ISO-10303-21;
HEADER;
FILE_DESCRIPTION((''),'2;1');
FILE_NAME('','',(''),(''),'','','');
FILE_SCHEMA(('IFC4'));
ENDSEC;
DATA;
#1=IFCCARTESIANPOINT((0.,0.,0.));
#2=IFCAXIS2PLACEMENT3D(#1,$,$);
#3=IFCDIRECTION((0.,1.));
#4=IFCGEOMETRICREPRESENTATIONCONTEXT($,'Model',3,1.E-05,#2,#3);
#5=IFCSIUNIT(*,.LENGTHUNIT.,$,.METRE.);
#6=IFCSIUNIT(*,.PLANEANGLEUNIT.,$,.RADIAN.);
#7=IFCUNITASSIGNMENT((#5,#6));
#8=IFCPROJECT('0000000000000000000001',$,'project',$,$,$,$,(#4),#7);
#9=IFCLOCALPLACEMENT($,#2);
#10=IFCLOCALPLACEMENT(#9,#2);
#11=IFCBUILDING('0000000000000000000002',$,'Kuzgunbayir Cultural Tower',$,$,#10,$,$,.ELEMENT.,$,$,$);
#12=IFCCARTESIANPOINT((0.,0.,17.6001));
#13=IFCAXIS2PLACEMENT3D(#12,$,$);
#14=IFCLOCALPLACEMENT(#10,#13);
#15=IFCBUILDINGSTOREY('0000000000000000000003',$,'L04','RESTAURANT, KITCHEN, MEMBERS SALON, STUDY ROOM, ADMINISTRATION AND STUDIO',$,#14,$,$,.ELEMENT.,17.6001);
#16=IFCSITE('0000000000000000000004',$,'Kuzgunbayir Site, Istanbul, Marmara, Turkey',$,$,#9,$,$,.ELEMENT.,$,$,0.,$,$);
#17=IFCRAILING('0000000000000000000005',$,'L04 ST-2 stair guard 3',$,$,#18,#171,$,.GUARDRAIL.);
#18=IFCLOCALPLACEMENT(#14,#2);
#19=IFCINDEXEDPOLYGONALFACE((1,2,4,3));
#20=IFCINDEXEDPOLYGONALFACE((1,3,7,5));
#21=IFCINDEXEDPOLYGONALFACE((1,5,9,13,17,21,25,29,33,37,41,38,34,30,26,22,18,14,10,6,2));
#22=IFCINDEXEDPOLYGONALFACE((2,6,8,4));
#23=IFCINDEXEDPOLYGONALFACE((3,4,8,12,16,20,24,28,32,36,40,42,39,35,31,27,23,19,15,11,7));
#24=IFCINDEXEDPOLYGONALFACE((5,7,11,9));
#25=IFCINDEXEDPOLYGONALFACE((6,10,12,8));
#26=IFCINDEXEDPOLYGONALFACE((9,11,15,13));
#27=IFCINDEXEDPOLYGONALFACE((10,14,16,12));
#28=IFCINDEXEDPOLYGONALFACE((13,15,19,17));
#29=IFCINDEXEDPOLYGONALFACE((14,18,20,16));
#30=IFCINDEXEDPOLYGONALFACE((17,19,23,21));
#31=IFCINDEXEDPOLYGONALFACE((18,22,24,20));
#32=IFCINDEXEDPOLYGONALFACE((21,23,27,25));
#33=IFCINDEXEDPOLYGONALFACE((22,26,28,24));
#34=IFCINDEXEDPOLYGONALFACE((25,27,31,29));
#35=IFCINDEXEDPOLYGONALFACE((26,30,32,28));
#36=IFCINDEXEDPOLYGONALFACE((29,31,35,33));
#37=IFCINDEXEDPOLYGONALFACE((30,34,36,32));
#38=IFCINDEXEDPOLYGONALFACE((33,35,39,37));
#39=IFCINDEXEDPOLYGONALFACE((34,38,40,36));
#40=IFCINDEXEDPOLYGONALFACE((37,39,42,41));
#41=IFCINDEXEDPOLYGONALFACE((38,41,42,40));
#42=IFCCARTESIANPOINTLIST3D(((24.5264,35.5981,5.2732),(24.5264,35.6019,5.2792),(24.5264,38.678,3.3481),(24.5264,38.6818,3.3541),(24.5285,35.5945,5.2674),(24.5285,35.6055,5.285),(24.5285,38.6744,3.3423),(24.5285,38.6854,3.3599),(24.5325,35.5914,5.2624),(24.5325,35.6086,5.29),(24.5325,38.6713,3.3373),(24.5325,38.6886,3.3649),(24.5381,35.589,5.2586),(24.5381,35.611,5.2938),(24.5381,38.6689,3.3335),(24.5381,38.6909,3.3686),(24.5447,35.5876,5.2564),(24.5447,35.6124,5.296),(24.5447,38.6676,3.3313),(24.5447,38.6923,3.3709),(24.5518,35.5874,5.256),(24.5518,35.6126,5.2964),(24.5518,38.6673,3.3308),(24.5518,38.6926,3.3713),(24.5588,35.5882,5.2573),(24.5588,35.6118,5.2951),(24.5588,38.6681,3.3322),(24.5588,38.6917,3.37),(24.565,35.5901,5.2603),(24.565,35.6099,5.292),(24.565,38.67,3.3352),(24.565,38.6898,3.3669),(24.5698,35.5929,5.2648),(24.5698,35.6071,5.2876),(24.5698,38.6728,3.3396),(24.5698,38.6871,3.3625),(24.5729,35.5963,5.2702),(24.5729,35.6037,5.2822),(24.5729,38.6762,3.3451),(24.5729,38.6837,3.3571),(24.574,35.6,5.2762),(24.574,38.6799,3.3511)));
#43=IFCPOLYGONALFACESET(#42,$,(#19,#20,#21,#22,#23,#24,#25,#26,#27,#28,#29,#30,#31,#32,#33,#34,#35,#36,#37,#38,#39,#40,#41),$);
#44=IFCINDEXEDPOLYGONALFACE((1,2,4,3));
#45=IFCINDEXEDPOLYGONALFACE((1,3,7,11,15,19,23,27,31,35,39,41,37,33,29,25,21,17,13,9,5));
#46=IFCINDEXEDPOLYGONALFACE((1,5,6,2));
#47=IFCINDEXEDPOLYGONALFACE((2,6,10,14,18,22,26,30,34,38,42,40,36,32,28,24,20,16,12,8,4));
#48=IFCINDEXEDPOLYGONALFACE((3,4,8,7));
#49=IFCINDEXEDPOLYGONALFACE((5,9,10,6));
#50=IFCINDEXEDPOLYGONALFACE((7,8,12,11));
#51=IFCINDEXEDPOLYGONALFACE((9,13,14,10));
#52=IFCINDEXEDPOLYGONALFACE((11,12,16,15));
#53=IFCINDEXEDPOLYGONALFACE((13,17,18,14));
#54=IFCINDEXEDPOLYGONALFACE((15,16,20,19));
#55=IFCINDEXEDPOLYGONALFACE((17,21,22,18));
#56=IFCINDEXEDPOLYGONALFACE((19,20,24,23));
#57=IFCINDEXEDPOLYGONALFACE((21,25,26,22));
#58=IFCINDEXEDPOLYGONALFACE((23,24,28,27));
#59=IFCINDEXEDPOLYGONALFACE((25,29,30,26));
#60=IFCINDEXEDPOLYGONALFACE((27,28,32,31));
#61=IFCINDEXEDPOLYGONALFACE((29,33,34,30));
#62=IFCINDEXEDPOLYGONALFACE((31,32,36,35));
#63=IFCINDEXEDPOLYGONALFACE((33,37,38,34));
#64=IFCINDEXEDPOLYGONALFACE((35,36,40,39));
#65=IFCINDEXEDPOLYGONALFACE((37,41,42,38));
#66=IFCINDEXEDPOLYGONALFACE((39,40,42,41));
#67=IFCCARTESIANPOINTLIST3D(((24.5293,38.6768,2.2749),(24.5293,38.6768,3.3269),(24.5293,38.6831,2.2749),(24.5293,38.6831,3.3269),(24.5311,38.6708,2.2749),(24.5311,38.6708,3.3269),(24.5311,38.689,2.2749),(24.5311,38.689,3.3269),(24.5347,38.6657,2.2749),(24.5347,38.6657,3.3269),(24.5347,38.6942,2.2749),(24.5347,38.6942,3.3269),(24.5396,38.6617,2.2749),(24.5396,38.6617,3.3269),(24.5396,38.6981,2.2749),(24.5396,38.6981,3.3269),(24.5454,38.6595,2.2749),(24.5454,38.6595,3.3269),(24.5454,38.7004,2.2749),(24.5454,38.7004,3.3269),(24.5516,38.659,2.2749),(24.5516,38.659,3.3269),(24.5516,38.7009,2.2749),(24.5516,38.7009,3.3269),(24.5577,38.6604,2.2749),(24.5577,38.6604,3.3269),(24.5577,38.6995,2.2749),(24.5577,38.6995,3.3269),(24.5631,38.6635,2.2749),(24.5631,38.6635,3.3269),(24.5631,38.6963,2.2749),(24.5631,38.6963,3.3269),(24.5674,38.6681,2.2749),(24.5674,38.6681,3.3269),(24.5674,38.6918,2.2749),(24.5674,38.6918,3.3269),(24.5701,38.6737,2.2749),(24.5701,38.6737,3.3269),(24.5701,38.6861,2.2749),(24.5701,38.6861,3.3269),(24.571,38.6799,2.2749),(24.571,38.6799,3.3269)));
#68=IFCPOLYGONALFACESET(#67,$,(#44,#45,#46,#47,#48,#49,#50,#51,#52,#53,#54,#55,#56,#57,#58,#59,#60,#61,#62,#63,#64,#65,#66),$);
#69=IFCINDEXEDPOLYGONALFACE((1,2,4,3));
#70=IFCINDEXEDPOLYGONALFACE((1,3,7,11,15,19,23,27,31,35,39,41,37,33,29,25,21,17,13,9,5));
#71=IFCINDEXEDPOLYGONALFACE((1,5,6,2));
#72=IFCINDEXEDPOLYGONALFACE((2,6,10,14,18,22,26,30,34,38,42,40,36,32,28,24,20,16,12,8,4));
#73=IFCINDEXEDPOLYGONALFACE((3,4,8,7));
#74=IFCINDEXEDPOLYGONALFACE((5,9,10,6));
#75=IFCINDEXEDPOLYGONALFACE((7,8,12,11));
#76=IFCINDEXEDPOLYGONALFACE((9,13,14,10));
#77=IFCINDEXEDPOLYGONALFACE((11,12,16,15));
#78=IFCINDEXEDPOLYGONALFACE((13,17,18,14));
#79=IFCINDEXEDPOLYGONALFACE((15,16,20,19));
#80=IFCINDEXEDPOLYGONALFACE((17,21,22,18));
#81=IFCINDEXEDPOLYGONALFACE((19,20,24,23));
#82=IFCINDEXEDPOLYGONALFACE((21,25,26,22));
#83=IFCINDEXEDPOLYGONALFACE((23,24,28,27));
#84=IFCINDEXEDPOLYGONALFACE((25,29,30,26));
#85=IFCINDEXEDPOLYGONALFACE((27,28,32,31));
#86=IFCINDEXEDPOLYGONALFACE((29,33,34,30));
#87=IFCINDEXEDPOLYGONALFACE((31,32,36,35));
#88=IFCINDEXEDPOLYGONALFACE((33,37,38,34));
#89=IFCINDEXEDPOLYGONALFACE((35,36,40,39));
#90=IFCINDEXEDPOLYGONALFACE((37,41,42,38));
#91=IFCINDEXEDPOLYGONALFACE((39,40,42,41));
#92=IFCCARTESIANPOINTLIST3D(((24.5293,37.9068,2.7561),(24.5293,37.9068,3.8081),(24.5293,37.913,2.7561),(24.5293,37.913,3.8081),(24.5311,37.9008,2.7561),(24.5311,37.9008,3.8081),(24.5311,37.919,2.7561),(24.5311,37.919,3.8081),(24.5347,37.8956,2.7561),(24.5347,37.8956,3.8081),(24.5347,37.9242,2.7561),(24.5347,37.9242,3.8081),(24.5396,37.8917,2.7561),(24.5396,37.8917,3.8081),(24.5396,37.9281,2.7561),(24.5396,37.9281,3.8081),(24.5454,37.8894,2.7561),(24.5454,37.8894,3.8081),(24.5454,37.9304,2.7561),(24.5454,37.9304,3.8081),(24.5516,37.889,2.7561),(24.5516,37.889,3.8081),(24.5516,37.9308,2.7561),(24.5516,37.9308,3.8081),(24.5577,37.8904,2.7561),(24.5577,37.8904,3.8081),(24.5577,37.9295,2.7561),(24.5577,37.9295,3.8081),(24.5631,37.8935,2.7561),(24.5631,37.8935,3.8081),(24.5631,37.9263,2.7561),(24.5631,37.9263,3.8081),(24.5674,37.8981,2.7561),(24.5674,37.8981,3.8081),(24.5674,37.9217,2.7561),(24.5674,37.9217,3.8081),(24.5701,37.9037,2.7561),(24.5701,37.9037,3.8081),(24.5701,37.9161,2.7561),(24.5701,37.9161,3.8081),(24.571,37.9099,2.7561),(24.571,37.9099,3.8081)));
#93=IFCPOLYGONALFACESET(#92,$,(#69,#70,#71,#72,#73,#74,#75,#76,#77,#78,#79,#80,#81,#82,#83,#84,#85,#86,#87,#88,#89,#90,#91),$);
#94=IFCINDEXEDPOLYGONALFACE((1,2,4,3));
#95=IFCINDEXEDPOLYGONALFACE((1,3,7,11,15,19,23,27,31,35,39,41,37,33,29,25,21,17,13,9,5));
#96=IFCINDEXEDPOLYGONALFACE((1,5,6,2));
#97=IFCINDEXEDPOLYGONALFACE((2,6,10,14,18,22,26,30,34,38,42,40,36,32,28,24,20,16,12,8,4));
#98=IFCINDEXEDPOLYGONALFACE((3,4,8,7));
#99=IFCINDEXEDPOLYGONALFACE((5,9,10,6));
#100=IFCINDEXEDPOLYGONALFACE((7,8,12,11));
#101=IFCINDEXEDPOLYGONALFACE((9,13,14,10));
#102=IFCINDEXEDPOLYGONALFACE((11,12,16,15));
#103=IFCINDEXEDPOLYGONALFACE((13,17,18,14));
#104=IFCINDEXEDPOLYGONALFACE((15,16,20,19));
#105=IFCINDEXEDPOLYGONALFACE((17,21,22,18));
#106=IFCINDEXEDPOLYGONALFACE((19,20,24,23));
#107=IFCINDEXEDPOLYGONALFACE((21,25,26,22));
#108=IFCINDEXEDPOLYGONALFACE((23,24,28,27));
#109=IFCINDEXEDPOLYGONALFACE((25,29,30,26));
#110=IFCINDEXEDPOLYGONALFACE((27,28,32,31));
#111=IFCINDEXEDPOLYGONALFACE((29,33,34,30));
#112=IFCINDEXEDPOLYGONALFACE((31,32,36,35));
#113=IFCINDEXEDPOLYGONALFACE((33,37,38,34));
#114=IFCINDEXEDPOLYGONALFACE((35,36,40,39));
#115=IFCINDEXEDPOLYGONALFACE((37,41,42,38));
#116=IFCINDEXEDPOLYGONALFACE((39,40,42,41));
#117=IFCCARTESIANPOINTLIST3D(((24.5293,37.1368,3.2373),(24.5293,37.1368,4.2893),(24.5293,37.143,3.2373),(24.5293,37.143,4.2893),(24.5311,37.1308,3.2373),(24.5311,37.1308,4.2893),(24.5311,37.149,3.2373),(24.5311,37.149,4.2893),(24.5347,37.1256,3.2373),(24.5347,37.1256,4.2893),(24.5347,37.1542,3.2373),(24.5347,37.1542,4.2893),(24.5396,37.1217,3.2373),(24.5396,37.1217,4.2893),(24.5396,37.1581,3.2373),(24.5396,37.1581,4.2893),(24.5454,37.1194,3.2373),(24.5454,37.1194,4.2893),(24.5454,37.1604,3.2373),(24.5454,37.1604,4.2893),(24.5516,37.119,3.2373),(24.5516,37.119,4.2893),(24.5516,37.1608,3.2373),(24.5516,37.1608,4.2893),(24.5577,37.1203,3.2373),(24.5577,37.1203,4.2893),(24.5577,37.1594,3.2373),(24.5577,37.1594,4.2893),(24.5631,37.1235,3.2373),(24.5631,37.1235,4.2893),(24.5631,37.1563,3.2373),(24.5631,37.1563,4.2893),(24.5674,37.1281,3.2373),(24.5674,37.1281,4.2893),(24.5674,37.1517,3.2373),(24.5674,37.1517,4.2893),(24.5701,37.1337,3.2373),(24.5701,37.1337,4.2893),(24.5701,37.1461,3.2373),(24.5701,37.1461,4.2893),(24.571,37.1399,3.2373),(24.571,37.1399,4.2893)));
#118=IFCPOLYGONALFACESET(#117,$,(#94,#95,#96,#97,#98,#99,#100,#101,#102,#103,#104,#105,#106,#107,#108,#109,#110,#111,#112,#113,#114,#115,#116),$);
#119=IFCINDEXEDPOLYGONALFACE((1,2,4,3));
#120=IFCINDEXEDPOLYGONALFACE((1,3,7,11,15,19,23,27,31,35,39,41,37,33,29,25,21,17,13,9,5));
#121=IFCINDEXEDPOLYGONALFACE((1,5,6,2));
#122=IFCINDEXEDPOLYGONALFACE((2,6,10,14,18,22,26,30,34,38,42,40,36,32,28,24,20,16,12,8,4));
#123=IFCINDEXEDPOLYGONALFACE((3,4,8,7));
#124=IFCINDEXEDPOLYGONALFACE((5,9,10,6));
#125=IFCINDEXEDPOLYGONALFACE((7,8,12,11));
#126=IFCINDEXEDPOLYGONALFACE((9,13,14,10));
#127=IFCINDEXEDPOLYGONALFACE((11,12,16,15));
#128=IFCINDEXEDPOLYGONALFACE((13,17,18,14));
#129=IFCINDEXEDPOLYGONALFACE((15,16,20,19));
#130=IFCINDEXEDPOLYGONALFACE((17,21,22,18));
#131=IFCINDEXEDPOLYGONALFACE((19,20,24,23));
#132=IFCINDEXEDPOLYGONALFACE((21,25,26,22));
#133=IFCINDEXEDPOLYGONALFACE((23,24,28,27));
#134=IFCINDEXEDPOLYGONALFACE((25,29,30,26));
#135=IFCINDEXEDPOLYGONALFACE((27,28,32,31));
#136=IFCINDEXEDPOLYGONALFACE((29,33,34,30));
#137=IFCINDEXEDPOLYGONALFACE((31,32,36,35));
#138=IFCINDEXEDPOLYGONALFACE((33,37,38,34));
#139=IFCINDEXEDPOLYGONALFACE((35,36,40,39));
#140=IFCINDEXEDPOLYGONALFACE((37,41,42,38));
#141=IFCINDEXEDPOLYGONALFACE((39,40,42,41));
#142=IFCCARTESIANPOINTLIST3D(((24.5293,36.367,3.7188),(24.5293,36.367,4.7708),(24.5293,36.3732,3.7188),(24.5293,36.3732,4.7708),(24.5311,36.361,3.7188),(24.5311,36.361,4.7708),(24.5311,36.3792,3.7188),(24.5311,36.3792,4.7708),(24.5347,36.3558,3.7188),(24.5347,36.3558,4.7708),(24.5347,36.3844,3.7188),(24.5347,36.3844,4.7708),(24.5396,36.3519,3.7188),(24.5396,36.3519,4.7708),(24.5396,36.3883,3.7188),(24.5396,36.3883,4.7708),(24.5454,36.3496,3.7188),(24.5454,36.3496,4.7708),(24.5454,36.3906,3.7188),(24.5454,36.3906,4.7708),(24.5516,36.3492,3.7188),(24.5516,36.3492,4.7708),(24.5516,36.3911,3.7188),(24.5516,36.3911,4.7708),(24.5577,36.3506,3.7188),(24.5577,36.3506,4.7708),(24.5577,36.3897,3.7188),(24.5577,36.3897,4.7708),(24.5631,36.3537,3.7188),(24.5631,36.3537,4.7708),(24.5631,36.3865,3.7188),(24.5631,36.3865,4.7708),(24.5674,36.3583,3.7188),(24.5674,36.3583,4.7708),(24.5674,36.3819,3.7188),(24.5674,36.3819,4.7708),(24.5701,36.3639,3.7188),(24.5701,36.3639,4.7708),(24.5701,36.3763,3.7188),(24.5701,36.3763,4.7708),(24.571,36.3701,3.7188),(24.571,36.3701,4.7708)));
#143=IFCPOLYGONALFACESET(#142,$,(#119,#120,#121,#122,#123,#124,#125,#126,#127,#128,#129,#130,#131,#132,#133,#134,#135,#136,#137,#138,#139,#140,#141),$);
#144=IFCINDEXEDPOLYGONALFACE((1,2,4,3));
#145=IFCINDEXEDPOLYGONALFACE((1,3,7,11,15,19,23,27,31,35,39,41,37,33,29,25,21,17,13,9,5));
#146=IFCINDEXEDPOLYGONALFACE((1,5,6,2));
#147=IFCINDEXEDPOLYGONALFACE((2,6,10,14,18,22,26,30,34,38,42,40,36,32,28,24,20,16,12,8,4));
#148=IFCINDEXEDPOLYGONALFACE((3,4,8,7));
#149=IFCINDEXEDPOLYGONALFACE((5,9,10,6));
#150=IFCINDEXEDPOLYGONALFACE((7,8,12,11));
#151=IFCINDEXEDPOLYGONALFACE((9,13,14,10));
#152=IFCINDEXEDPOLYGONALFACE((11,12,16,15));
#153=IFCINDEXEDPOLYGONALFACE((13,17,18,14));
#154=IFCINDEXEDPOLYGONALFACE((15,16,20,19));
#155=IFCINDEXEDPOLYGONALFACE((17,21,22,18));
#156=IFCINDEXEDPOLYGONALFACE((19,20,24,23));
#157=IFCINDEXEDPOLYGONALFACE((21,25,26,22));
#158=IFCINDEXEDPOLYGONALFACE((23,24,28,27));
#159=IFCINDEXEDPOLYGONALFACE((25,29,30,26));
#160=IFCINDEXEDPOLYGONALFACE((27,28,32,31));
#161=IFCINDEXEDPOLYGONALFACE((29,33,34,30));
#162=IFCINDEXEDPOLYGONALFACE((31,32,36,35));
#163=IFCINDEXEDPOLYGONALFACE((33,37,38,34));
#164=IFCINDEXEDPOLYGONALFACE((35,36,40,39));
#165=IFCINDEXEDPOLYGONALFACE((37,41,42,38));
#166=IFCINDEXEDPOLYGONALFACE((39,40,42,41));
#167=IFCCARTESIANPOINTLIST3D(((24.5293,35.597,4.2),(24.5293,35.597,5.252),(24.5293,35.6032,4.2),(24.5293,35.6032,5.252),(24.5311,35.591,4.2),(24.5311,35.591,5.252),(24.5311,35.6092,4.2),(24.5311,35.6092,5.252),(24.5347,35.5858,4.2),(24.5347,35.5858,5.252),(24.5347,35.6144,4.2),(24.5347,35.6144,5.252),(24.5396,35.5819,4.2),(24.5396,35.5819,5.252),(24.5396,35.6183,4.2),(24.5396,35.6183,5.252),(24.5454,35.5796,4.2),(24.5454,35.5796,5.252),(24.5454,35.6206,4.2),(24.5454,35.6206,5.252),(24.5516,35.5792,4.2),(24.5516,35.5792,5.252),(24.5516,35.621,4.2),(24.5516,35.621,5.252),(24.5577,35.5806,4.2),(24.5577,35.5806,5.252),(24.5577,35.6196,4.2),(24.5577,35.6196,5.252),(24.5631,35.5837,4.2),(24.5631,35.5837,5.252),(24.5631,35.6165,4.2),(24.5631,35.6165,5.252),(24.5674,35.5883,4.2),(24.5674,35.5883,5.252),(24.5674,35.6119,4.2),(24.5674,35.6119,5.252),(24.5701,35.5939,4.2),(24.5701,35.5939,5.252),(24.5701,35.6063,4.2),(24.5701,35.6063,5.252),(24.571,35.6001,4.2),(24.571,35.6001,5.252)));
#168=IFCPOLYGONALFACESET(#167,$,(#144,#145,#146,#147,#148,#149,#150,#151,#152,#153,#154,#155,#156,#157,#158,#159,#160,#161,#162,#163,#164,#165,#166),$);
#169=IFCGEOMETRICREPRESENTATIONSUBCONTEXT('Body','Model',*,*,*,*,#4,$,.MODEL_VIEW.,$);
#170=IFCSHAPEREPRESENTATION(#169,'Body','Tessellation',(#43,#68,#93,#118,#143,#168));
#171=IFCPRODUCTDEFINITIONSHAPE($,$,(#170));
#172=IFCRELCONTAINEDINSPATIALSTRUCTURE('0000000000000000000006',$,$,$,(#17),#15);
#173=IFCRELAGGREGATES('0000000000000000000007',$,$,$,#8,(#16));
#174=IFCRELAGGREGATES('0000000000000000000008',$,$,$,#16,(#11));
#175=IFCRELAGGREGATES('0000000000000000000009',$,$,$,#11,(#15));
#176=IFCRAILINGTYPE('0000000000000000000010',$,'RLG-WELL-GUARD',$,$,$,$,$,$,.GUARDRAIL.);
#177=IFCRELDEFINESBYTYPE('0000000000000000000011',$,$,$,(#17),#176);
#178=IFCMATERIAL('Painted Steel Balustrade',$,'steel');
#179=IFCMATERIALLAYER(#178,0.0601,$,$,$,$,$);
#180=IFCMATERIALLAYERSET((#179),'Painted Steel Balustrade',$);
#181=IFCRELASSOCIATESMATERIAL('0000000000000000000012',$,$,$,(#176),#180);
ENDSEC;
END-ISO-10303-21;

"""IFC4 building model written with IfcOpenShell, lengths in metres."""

from ifc_helpers import new_model, si_unit, direction, frame, origin, origin_2d, place, context, subcontext, project, spatial, circle, extrude, material, layer, layer_set, type_object, element, save


model = new_model("IFC4")

# Units and contexts
model_context = context("Model", 3, precision=1e-05, world=origin(), true_north=direction((0.0, 1.0)))
body_context = subcontext(model_context, "Body", "Model", "MODEL_VIEW")
ifc_project = project(units=[si_unit("LENGTHUNIT", "METRE"), si_unit("PLANEANGLEUNIT", "RADIAN")], contexts=[model_context])

# Site, building, storey
site_placement = place(None, origin())
site = spatial("IfcSite", under=ifc_project, at=site_placement, Name="Kuzgunbayir Site, Istanbul, Marmara, Turkey", CompositionType="ELEMENT", RefElevation=0.0)
building_placement = place(site_placement, origin())
building = spatial("IfcBuilding", under=site, at=building_placement, Name="Kuzgunbayir Cultural Tower", CompositionType="ELEMENT")
storey_placement = place(building_placement, frame((0.0, 0.0, 17.6001)))
storey = spatial("IfcBuildingStorey", under=building, at=storey_placement, Name="L04", Description="RESTAURANT, KITCHEN, MEMBERS SALON, STUDY ROOM, ADMINISTRATION AND STUDIO", CompositionType="ELEMENT", Elevation=17.6001)

# Railing
ifc_material_1 = material(Name="Painted Steel Balustrade", Category="steel")
ifc_layer_1 = layer(ifc_material_1, 0.0601)
ifc_layer_set_1 = layer_set([ifc_layer_1], Name="Painted Steel Balustrade")
railing_type_1 = type_object("IfcRailingType", Name="RLG-WELL-GUARD", PredefinedType="GUARDRAIL", material=ifc_layer_set_1)
railing_1_placement = place(storey_placement, frame((24.55, 38.6799, 2.2749)))
element("IfcRailing", 1, at=railing_1_placement, inside=storey, type_object=railing_type_1, Name="L04 ST-2 stair guard 3", PredefinedType="GUARDRAIL", context=body_context, shape_type="SweptSolid", body=[
    extrude(circle(Radius=0.0239, at=origin_2d()), frame((0.0, 0.0, 1.0762), z_axis=(0.0, -0.847979, 0.530029), x_axis=(1.0, 0.0, 0.0)), (0.0, 0.0, 1.0), 3.6321),
    extrude(circle(Radius=0.021, at=origin_2d()), origin(), (0.0, 0.0, 1.0), 1.052),
    extrude(circle(Radius=0.021, at=origin_2d()), frame((0.0, -0.77, 0.4812)), (0.0, 0.0, 1.0), 1.052),
    extrude(circle(Radius=0.021, at=origin_2d()), frame((0.0, -1.54, 0.9624)), (0.0, 0.0, 1.0), 1.052),
    extrude(circle(Radius=0.021, at=origin_2d()), frame((0.0, -2.3098, 1.4438)), (0.0, 0.0, 1.0), 1.052),
    extrude(circle(Radius=0.021, at=origin_2d()), frame((0.0, -3.0798, 1.925)), (0.0, 0.0, 1.0), 1.052),
])

save(model, "model.ifc")
